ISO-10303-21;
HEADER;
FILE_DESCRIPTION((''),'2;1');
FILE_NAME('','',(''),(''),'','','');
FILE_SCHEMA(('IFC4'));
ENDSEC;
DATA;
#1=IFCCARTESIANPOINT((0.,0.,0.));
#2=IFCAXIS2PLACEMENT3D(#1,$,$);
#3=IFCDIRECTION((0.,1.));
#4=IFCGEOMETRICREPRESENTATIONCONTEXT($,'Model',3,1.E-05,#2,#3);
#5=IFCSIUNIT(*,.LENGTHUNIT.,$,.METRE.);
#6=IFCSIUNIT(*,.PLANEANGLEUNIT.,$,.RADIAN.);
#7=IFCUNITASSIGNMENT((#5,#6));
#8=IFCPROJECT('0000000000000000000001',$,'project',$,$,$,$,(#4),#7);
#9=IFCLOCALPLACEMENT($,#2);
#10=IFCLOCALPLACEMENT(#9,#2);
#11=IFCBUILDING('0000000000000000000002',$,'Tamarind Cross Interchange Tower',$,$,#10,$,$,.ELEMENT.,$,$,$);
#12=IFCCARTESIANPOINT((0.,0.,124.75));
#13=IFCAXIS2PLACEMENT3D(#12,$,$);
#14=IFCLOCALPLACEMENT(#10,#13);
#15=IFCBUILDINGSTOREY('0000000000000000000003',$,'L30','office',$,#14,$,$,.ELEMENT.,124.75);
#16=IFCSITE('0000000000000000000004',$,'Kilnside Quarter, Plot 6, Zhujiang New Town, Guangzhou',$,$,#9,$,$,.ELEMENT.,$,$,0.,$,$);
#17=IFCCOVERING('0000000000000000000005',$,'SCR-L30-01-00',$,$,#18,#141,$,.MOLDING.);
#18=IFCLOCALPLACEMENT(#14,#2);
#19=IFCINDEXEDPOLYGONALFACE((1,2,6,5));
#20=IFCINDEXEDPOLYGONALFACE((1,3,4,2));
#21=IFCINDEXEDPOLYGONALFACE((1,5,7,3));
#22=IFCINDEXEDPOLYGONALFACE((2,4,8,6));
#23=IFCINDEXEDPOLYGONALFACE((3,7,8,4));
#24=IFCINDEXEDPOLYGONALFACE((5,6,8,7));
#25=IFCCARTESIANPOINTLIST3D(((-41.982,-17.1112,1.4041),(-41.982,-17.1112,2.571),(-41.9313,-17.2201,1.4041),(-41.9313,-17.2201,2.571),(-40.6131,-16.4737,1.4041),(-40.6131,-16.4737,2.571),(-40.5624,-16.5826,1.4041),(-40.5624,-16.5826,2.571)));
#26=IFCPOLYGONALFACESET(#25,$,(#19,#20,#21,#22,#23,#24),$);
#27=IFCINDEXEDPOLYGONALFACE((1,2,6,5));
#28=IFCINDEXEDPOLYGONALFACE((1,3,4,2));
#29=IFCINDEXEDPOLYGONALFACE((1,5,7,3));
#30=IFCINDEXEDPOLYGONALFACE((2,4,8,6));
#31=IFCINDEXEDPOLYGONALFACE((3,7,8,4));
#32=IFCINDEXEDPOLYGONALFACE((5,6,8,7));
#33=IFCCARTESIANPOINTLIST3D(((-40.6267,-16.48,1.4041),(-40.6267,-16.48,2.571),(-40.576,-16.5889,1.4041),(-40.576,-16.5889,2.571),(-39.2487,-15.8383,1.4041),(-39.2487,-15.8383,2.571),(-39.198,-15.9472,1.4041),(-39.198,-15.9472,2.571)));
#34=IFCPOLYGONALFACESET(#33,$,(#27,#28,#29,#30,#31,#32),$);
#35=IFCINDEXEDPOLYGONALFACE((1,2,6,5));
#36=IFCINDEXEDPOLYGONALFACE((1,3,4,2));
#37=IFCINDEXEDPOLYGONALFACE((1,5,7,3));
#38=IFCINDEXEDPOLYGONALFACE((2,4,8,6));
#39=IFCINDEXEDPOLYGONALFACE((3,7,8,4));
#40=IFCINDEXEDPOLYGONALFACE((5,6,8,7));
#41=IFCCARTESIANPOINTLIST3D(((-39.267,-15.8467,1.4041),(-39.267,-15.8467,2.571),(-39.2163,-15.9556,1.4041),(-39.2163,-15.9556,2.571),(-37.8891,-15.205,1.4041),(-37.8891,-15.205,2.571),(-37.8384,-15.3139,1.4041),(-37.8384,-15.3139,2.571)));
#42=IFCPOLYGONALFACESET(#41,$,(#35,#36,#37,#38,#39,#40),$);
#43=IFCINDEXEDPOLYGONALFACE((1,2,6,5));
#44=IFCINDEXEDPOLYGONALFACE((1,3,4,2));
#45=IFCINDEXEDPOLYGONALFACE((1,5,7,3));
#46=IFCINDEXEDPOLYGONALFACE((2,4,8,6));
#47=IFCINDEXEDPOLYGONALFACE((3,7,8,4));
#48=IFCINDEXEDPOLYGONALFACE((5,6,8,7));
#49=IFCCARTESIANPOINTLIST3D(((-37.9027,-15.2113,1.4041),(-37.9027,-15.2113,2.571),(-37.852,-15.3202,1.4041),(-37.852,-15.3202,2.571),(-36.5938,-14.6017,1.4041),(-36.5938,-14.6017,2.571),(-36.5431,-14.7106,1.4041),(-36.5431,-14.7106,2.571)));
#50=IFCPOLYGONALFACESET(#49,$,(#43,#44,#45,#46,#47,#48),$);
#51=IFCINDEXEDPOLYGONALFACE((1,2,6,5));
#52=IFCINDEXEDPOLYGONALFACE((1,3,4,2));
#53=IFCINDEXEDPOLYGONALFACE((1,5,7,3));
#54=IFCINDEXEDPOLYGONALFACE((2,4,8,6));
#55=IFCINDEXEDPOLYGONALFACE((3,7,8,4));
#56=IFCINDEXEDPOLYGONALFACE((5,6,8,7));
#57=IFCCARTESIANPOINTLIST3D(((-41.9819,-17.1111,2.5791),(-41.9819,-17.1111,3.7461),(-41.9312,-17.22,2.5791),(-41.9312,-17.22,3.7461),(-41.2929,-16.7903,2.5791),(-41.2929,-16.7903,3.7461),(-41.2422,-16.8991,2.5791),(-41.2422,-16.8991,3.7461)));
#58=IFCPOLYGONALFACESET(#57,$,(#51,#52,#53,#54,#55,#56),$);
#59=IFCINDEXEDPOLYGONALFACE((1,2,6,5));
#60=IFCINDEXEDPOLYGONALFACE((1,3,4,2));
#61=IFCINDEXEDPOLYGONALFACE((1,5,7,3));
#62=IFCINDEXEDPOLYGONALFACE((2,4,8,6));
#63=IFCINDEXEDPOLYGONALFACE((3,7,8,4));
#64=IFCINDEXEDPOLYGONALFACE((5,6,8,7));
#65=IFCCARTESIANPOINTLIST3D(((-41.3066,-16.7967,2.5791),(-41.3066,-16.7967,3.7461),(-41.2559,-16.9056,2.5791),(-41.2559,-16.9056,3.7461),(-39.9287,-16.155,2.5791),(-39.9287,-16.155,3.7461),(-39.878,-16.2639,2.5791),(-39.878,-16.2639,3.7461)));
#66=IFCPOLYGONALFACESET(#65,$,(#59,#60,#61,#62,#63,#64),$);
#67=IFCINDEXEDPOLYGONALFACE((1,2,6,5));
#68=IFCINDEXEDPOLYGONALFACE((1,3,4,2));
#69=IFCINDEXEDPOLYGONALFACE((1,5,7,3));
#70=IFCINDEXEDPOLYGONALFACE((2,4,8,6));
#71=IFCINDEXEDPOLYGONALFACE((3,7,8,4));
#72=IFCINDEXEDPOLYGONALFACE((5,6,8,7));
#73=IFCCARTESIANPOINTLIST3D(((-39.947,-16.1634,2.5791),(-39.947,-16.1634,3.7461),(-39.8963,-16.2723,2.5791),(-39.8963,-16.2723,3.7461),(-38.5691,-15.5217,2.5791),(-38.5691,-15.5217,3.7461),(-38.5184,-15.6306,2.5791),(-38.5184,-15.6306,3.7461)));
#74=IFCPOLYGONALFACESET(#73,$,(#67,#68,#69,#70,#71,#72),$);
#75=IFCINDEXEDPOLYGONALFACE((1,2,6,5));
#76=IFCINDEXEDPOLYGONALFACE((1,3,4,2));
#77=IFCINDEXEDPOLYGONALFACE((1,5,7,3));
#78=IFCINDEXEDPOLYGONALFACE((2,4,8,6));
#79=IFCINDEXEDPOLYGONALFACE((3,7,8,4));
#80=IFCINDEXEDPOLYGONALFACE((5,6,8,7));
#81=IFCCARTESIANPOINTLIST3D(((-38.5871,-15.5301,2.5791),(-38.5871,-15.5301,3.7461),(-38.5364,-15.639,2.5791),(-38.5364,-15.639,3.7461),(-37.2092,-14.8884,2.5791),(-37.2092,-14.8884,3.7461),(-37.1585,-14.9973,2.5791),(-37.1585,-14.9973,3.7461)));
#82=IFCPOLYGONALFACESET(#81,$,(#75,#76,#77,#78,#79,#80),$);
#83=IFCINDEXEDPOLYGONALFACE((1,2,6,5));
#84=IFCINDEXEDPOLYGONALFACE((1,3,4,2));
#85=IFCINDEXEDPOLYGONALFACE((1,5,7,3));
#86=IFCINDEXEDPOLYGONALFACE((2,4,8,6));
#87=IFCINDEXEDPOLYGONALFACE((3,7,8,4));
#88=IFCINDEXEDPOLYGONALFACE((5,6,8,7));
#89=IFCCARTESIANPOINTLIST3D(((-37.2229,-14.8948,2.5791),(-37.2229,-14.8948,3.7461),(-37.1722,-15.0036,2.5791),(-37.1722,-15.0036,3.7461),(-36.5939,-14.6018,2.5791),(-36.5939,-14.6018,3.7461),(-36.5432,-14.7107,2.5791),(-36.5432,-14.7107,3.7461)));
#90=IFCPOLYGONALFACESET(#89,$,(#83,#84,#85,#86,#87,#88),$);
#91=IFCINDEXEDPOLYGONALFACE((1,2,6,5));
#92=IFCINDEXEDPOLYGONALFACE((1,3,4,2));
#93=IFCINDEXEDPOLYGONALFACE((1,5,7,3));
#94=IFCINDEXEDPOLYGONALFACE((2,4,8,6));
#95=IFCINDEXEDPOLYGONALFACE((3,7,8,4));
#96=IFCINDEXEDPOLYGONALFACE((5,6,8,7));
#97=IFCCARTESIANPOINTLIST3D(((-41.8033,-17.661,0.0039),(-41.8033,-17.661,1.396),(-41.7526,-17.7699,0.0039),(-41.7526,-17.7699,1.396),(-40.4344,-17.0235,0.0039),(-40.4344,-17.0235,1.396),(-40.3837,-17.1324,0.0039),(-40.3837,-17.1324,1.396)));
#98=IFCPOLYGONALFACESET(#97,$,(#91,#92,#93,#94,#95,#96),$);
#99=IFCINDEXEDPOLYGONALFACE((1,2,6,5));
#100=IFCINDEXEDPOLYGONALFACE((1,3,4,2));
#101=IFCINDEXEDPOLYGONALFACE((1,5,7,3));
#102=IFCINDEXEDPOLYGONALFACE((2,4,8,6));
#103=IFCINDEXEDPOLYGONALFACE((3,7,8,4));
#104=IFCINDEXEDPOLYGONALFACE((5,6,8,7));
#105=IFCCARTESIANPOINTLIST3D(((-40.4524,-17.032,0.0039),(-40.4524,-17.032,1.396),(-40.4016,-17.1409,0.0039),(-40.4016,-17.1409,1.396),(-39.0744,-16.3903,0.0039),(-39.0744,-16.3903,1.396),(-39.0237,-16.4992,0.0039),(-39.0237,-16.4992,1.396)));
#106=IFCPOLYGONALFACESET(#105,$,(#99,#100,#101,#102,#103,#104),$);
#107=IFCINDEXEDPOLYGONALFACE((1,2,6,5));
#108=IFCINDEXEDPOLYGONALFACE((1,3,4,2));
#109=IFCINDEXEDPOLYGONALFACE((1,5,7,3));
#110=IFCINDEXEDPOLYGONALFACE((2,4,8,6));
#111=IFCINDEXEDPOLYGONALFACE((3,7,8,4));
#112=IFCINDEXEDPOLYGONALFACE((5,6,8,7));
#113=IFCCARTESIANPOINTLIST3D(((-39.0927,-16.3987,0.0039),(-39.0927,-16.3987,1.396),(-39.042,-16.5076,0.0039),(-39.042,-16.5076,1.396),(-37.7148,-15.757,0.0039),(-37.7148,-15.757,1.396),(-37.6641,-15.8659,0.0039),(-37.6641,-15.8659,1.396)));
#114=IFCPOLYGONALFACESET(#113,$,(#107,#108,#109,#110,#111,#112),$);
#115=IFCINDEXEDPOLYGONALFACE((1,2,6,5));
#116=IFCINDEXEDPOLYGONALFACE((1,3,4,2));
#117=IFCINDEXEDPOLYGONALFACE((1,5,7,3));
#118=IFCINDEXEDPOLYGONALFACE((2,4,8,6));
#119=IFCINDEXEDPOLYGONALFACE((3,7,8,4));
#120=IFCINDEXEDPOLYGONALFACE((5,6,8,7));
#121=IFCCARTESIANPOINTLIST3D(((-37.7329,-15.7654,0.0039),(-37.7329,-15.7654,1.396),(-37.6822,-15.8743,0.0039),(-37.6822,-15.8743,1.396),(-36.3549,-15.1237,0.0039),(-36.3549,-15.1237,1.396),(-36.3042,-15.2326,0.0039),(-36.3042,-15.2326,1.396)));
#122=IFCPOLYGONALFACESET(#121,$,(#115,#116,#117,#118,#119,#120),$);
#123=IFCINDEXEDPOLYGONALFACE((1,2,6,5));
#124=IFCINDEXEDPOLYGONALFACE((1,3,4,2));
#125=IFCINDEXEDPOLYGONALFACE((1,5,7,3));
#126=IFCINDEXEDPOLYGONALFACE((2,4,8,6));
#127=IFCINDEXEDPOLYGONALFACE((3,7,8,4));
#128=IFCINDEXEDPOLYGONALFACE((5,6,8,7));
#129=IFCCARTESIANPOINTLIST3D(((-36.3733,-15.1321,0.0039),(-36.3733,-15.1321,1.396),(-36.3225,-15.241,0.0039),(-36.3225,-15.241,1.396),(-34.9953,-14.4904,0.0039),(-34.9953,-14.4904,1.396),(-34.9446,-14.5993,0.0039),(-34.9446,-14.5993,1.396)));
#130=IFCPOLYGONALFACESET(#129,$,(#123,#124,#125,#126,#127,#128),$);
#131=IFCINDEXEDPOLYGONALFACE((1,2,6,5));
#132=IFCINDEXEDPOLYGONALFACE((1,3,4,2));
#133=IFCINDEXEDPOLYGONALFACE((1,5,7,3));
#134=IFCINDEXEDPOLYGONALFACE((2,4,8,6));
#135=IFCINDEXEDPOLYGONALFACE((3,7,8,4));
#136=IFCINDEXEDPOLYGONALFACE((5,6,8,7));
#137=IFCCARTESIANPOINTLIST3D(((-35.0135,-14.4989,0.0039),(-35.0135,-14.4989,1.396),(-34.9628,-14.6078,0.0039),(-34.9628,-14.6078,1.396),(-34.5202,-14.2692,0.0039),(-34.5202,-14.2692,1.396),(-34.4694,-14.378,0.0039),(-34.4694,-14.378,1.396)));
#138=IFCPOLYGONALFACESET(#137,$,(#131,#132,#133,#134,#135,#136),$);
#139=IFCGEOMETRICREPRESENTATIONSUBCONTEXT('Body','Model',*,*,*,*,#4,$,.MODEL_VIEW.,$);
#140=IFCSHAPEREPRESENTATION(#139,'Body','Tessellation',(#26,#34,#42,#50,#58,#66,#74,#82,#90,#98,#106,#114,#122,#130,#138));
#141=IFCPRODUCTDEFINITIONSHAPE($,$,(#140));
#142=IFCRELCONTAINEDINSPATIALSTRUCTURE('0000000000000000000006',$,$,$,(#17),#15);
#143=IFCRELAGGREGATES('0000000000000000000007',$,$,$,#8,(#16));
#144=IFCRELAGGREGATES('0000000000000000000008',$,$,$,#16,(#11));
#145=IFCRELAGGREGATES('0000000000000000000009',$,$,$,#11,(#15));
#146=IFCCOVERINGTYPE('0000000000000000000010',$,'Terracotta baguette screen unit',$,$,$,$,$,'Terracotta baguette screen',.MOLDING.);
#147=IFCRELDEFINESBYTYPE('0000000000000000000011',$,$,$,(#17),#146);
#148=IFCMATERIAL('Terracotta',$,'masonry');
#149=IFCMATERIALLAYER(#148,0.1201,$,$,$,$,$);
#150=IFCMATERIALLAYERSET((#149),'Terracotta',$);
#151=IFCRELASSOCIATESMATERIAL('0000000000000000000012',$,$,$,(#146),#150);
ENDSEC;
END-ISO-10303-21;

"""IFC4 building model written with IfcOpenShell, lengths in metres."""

from ifc_helpers import new_model, si_unit, direction, frame, origin, origin_2d, place, context, subcontext, project, spatial, rectangle, extrude, material, layer, layer_set, type_object, element, save


model = new_model("IFC4")

# Units and contexts
model_context = context("Model", 3, precision=1e-05, world=origin(), true_north=direction((0.0, 1.0)))
body_context = subcontext(model_context, "Body", "Model", "MODEL_VIEW")
ifc_project = project(units=[si_unit("LENGTHUNIT", "METRE"), si_unit("PLANEANGLEUNIT", "RADIAN")], contexts=[model_context])

# Site, building, storey
site_placement = place(None, origin())
site = spatial("IfcSite", under=ifc_project, at=site_placement, Name="Kilnside Quarter, Plot 6, Zhujiang New Town, Guangzhou", CompositionType="ELEMENT", RefElevation=0.0)
building_placement = place(site_placement, origin())
building = spatial("IfcBuilding", under=site, at=building_placement, Name="Tamarind Cross Interchange Tower", CompositionType="ELEMENT")
storey_placement = place(building_placement, frame((0.0, 0.0, 124.75)))
storey = spatial("IfcBuildingStorey", under=building, at=storey_placement, Name="L30", Description="office", CompositionType="ELEMENT", Elevation=124.75)

# Covering
ifc_material_1 = material(Name="Terracotta", Category="masonry")
ifc_layer_1 = layer(ifc_material_1, 0.1201)
ifc_layer_set_1 = layer_set([ifc_layer_1], Name="Terracotta")
covering_type = type_object("IfcCoveringType", Name="Terracotta baguette screen unit", ElementType="Terracotta baguette screen", PredefinedType="MOLDING", material=ifc_layer_set_1)
covering_1_placement = place(storey_placement, origin())
element("IfcCovering", 1, at=covering_1_placement, inside=storey, type_object=covering_type, Name="SCR-L30-01-00", PredefinedType="MOLDING", context=body_context, shape_type="SweptSolid", body=[
    extrude(rectangle(XDim=1.51, YDim=0.1201, at=origin_2d()), frame((-41.2722, -16.8469, 1.4041), z_axis=(0.0, 0.0, 1.0), x_axis=(0.906515, 0.422174, 0.0)), (0.0, 0.0, 1.0), 1.167),
    extrude(rectangle(XDim=1.52, YDim=0.1201, at=origin_2d()), frame((-39.9124, -16.2136, 1.4041), z_axis=(0.0, 0.0, 1.0), x_axis=(0.906515, 0.422174, 0.0)), (0.0, 0.0, 1.0), 1.167),
    extrude(rectangle(XDim=1.52, YDim=0.1201, at=origin_2d()), frame((-38.5527, -15.5803, 1.4041), z_axis=(0.0, 0.0, 1.0), x_axis=(0.906515, 0.422174, 0.0)), (0.0, 0.0, 1.0), 1.167),
    extrude(rectangle(XDim=1.4438, YDim=0.1201, at=origin_2d()), frame((-37.2229, -14.9609, 1.4041), z_axis=(0.0, 0.0, 1.0), x_axis=(0.906515, 0.422174, 0.0)), (0.0, 0.0, 1.0), 1.167),
    extrude(rectangle(XDim=0.76, YDim=0.1201, at=origin_2d()), frame((-41.6121, -17.0051, 2.5791), z_axis=(0.0, 0.0, 1.0), x_axis=(0.906515, 0.422174, 0.0)), (0.0, 0.0, 1.0), 1.167),
    extrude(rectangle(XDim=1.52, YDim=0.1201, at=origin_2d()), frame((-40.5923, -16.5303, 2.5791), z_axis=(0.0, 0.0, 1.0), x_axis=(0.906515, 0.422174, 0.0)), (0.0, 0.0, 1.0), 1.167),
    extrude(rectangle(XDim=1.52, YDim=0.1201, at=origin_2d()), frame((-39.2327, -15.897, 2.5791), z_axis=(0.0, 0.0, 1.0), x_axis=(0.906515, 0.422174, 0.0)), (0.0, 0.0, 1.0), 1.167),
    extrude(rectangle(XDim=1.52, YDim=0.1201, at=origin_2d()), frame((-37.8728, -15.2637, 2.5791), z_axis=(0.0, 0.0, 1.0), x_axis=(0.906515, 0.422174, 0.0)), (0.0, 0.0, 1.0), 1.167),
    extrude(rectangle(XDim=0.6938, YDim=0.1201, at=origin_2d()), frame((-36.8831, -14.8027, 2.5791), z_axis=(0.0, 0.0, 1.0), x_axis=(0.906515, 0.422174, 0.0)), (0.0, 0.0, 1.0), 1.167),
    extrude(rectangle(XDim=1.51, YDim=0.1201, at=origin_2d()), frame((-41.0935, -17.3967, 0.0039), z_axis=(0.0, 0.0, 1.0), x_axis=(0.906515, 0.422174, 0.0)), (0.0, 0.0, 1.0), 1.3921),
    extrude(rectangle(XDim=1.52, YDim=0.1201, at=origin_2d()), frame((-39.738, -16.7656, 0.0039), z_axis=(0.0, 0.0, 1.0), x_axis=(0.906515, 0.422174, 0.0)), (0.0, 0.0, 1.0), 1.3921),
    extrude(rectangle(XDim=1.52, YDim=0.1201, at=origin_2d()), frame((-38.3784, -16.1323, 0.0039), z_axis=(0.0, 0.0, 1.0), x_axis=(0.906515, 0.422174, 0.0)), (0.0, 0.0, 1.0), 1.3921),
    extrude(rectangle(XDim=1.52, YDim=0.1201, at=origin_2d()), frame((-37.0186, -15.499, 0.0039), z_axis=(0.0, 0.0, 1.0), x_axis=(0.906515, 0.422174, 0.0)), (0.0, 0.0, 1.0), 1.3921),
    extrude(rectangle(XDim=1.52, YDim=0.1201, at=origin_2d()), frame((-35.6589, -14.8657, 0.0039), z_axis=(0.0, 0.0, 1.0), x_axis=(0.906515, 0.422174, 0.0)), (0.0, 0.0, 1.0), 1.3921),
    extrude(rectangle(XDim=0.5442, YDim=0.1201, at=origin_2d()), frame((-34.7415, -14.4385, 0.0039), z_axis=(0.0, 0.0, 1.0), x_axis=(0.906515, 0.422174, 0.0)), (0.0, 0.0, 1.0), 1.3921),
])

save(model, "model.ifc")
